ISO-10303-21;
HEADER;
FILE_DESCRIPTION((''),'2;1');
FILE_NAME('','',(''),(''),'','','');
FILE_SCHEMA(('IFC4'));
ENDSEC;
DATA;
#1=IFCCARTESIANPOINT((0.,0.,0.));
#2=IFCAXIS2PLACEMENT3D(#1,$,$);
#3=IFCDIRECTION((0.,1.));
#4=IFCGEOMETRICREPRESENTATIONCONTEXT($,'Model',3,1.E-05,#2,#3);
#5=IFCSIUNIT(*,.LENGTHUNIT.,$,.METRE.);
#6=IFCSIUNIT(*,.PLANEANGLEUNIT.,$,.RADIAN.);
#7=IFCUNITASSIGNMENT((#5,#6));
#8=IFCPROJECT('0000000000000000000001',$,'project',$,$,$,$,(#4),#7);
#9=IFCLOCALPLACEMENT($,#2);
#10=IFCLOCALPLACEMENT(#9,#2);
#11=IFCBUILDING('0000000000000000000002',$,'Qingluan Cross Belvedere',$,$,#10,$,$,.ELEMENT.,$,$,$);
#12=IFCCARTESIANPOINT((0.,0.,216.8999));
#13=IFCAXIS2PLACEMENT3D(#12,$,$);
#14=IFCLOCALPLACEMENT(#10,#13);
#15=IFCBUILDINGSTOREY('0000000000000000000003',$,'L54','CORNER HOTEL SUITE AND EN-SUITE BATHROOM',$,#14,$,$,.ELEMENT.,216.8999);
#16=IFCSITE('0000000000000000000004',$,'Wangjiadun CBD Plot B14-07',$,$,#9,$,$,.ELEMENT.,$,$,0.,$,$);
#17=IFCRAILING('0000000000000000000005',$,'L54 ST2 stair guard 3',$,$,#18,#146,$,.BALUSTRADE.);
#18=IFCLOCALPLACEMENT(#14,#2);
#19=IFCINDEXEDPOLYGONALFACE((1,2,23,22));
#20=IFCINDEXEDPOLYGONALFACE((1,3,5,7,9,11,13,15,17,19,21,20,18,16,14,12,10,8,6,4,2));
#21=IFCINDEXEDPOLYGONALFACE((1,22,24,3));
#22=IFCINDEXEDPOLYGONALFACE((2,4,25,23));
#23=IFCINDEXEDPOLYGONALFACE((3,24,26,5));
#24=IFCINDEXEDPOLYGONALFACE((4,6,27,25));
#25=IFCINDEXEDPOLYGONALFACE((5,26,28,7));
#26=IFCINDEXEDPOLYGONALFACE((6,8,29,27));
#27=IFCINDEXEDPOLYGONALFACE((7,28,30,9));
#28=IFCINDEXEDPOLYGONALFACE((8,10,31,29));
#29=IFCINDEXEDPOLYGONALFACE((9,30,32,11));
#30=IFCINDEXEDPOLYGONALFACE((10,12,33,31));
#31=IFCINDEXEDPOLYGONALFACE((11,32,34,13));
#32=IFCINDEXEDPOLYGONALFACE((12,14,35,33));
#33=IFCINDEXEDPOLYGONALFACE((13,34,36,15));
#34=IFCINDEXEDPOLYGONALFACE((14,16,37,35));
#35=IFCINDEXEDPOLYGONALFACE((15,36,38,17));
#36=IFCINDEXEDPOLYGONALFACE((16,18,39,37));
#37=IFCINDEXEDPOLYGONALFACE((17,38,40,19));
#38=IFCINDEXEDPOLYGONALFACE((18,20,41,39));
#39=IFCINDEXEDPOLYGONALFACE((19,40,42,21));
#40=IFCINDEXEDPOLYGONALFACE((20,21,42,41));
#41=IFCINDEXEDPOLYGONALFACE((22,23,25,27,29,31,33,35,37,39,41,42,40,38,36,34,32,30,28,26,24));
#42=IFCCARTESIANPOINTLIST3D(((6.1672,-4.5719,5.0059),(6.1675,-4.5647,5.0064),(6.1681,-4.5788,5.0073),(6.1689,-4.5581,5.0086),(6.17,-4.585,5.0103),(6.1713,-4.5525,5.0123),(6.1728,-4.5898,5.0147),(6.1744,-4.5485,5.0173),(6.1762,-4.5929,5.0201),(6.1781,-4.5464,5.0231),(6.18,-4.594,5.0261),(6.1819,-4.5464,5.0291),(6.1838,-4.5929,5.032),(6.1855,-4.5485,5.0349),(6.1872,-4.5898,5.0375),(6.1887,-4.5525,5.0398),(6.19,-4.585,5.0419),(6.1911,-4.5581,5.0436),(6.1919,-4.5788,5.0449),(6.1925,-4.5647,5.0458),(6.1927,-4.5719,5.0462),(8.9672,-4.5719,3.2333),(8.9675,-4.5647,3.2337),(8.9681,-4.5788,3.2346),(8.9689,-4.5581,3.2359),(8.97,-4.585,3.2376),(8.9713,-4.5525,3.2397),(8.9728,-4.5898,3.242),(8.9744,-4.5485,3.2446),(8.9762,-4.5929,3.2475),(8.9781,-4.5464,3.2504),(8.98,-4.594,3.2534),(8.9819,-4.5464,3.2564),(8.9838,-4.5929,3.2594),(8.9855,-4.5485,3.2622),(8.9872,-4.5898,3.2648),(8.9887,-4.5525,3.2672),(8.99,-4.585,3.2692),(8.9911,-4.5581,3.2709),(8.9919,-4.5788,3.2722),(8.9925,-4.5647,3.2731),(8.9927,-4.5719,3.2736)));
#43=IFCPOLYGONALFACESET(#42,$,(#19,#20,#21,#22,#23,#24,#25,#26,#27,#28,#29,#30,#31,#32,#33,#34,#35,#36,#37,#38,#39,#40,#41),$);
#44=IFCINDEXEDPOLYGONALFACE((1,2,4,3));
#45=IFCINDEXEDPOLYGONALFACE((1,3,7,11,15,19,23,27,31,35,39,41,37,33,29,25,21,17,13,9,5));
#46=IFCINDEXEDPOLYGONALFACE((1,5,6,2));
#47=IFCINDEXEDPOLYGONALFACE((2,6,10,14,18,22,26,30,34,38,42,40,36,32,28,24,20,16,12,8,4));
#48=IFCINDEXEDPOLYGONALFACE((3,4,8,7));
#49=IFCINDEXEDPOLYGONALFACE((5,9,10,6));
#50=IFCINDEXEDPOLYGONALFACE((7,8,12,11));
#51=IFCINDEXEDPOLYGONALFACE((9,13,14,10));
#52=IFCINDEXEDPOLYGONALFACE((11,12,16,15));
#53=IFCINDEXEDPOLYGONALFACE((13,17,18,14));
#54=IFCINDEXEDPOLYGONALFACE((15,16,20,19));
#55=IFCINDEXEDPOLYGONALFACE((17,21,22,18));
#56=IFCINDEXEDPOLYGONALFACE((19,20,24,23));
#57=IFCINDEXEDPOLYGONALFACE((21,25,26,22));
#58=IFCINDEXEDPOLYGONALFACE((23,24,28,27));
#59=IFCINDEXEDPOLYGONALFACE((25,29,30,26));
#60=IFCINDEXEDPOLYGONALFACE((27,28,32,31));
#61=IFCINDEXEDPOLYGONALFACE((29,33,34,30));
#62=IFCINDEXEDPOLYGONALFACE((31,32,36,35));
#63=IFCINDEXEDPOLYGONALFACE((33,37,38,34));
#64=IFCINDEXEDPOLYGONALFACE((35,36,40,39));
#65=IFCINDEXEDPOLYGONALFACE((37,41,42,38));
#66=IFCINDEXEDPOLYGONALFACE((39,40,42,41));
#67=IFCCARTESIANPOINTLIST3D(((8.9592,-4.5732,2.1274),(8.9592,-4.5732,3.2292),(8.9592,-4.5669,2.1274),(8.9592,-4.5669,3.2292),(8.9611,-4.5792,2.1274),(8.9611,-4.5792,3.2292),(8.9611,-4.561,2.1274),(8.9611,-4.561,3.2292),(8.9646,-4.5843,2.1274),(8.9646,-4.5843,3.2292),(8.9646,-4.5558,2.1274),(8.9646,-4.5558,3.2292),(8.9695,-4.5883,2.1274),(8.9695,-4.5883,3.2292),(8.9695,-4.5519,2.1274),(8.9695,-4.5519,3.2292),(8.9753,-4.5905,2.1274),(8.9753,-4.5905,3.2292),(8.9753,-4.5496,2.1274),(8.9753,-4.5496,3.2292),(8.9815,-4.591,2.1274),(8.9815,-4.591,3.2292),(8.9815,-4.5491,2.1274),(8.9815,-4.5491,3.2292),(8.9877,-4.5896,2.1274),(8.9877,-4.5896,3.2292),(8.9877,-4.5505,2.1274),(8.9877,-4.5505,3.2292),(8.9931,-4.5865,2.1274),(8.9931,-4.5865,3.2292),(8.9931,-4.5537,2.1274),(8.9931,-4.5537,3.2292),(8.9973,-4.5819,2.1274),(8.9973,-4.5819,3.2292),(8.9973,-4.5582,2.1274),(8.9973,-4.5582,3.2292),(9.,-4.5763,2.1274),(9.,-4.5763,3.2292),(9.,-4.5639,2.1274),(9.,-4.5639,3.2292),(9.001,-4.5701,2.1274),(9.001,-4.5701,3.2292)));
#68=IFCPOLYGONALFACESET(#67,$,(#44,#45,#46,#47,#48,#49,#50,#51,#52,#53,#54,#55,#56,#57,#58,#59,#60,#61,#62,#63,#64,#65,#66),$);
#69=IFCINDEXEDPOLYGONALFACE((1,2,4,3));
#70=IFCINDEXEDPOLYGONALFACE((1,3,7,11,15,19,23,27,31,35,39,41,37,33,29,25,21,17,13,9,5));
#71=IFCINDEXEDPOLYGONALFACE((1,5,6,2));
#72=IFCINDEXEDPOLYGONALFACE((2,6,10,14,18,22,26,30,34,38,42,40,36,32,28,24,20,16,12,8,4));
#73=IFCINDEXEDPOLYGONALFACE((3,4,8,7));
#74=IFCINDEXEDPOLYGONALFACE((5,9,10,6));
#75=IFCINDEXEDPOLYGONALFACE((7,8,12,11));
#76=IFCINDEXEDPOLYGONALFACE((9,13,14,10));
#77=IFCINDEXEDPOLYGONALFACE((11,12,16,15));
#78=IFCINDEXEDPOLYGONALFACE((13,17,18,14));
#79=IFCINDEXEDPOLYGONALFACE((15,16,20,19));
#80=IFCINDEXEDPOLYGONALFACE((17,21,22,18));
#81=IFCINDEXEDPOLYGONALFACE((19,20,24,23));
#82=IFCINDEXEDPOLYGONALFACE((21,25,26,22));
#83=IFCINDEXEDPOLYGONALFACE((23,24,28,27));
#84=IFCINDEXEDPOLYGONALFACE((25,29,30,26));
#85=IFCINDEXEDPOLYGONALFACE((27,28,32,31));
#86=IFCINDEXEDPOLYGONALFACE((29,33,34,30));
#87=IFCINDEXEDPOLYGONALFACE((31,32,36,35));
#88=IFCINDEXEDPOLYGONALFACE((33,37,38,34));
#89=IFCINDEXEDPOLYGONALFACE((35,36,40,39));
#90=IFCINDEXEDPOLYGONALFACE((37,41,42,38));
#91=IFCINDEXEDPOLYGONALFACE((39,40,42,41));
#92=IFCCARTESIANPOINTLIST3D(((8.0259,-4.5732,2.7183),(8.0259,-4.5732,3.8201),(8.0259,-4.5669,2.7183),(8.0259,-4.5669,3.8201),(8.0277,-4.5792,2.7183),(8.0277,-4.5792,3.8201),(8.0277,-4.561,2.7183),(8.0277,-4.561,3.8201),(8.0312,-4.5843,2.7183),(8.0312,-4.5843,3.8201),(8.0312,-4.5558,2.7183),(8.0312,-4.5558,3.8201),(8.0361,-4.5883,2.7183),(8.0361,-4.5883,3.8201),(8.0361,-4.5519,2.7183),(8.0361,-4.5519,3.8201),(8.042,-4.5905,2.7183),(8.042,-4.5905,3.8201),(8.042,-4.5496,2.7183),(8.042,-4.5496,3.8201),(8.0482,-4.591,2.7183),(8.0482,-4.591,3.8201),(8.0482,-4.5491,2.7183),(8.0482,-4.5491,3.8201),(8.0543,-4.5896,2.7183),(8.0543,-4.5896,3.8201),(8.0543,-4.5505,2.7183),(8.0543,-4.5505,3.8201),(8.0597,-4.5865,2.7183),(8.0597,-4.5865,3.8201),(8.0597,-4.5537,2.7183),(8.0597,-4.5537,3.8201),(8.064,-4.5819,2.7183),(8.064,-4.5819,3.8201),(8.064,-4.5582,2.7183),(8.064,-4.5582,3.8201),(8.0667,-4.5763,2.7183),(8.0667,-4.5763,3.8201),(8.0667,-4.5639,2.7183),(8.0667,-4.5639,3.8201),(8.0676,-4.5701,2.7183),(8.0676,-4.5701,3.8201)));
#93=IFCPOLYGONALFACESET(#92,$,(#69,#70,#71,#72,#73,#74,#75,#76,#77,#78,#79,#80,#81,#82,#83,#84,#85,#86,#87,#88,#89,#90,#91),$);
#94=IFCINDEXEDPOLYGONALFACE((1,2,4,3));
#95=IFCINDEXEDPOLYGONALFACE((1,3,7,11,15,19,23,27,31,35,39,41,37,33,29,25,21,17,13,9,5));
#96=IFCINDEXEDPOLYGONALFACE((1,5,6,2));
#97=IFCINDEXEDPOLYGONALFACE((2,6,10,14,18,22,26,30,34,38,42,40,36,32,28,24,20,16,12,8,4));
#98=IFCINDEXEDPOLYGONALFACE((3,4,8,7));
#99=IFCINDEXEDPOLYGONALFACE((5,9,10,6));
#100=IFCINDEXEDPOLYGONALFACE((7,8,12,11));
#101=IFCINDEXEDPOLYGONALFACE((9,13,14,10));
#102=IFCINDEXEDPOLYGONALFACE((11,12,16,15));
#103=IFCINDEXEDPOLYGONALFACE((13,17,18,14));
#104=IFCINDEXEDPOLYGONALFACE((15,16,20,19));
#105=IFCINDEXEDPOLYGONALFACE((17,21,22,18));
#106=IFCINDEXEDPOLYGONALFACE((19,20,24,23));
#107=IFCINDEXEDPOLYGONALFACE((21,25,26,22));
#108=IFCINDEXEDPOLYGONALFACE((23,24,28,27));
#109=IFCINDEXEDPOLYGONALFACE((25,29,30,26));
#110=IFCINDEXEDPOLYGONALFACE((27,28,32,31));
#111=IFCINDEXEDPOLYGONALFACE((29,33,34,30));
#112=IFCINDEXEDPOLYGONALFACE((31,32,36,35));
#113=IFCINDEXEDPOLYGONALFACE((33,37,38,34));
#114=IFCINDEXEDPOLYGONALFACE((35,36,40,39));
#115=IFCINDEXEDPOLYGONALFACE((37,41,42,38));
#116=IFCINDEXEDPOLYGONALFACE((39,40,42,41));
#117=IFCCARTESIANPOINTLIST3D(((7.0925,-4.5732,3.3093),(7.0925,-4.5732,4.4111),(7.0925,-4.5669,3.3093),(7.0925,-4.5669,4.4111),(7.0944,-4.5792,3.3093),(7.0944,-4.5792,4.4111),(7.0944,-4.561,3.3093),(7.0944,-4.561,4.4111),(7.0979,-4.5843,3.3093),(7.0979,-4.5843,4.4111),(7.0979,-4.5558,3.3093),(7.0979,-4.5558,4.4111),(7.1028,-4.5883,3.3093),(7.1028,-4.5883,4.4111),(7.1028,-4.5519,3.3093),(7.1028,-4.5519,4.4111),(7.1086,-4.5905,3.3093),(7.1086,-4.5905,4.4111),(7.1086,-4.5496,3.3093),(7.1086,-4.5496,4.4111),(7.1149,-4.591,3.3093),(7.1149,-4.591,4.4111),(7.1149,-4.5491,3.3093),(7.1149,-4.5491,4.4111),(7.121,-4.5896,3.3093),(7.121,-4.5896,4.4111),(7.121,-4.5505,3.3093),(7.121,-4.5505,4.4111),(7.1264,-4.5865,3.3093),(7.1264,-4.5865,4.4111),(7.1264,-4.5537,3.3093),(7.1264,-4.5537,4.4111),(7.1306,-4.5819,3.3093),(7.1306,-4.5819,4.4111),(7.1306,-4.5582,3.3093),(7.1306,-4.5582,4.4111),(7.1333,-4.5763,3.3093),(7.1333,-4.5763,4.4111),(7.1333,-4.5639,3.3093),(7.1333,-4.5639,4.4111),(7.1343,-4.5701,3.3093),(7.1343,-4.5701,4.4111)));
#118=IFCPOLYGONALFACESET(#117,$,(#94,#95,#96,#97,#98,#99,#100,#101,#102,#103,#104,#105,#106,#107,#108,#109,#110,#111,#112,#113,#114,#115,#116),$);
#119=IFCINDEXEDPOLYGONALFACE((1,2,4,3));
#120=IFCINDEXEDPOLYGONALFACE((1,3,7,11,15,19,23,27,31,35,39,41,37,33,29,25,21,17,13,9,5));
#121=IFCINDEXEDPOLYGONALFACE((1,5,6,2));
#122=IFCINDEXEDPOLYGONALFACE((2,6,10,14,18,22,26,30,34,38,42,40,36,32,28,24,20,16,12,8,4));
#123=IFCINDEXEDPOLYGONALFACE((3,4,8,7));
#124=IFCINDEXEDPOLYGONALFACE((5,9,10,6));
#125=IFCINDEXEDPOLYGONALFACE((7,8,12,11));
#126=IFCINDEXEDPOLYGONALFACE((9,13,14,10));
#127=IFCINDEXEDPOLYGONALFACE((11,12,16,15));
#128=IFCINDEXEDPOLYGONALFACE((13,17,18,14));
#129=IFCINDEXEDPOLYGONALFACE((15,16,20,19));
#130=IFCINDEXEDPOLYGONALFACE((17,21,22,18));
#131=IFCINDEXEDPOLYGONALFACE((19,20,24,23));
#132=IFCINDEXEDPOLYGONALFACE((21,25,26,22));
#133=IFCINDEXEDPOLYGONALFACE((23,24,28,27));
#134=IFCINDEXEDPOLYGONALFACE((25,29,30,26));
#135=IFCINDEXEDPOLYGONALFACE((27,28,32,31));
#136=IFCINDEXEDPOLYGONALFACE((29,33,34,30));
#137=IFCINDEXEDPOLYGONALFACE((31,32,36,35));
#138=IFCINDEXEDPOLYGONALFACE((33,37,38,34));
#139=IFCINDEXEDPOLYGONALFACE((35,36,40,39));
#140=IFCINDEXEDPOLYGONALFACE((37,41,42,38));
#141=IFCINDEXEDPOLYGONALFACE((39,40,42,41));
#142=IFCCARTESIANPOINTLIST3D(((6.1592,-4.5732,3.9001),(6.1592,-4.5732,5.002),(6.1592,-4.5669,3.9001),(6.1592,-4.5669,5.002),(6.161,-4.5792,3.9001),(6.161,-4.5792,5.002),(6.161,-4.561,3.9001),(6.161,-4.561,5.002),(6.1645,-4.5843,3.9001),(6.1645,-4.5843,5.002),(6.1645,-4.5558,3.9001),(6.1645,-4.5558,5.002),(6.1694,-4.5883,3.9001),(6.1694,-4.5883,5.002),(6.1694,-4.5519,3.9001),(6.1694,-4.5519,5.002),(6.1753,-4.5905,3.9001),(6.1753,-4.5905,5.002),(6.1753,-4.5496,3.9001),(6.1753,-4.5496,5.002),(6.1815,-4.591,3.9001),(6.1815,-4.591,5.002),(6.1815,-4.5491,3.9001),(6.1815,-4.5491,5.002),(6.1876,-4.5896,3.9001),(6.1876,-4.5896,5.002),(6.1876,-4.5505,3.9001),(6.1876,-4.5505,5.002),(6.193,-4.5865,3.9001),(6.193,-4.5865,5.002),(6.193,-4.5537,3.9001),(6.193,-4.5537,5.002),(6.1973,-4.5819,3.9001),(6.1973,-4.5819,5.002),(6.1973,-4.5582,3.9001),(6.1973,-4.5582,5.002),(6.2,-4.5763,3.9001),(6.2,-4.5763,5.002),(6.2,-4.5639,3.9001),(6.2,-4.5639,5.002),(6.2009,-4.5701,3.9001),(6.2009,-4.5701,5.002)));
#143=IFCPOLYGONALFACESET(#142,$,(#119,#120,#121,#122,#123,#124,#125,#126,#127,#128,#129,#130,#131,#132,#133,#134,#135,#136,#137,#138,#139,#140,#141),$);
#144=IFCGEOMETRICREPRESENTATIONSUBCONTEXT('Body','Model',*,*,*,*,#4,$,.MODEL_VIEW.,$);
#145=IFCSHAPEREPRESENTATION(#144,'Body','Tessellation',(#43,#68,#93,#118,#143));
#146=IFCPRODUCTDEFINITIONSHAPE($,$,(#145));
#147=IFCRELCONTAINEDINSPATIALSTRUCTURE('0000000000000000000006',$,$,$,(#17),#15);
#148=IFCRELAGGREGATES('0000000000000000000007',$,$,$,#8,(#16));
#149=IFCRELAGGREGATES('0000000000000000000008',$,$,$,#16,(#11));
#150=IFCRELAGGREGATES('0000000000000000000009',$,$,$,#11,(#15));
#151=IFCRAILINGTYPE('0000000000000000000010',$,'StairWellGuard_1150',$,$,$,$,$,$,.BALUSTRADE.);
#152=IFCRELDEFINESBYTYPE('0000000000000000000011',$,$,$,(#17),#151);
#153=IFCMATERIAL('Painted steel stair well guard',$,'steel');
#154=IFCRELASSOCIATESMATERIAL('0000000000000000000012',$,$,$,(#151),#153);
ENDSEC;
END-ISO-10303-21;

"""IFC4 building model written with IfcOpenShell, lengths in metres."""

from ifc_helpers import new_model, si_unit, direction, frame, origin, origin_2d, place, context, subcontext, project, spatial, circle, extrude, material, type_object, element, save


model = new_model("IFC4")

# Units and contexts
model_context = context("Model", 3, precision=1e-05, world=origin(), true_north=direction((0.0, 1.0)))
body_context = subcontext(model_context, "Body", "Model", "MODEL_VIEW")
ifc_project = project(units=[si_unit("LENGTHUNIT", "METRE"), si_unit("PLANEANGLEUNIT", "RADIAN")], contexts=[model_context])

# Site, building, storey
site_placement = place(None, origin())
site = spatial("IfcSite", under=ifc_project, at=site_placement, Name="Wangjiadun CBD Plot B14-07", CompositionType="ELEMENT", RefElevation=0.0)
building_placement = place(site_placement, origin())
building = spatial("IfcBuilding", under=site, at=building_placement, Name="Qingluan Cross Belvedere", CompositionType="ELEMENT")
storey_placement = place(building_placement, frame((0.0, 0.0, 216.8999)))
storey = spatial("IfcBuildingStorey", under=building, at=storey_placement, Name="L54", Description="CORNER HOTEL SUITE AND EN-SUITE BATHROOM", CompositionType="ELEMENT", Elevation=216.8999)

# Railing
ifc_material_1 = material(Name="Painted steel stair well guard", Category="steel")
railing_type_1 = type_object("IfcRailingType", Name="StairWellGuard_1150", PredefinedType="BALUSTRADE", material=ifc_material_1)
railing_1_placement = place(storey_placement, frame((8.98, -4.5701, 2.1274)))
element("IfcRailing", 1, at=railing_1_placement, inside=storey, type_object=railing_type_1, Name="L54 ST2 stair guard 3", PredefinedType="BALUSTRADE", context=body_context, shape_type="SweptSolid", body=[
    extrude(circle(Radius=0.0239, at=origin_2d()), frame((0.0, 0.0, 1.126), z_axis=(-0.844909, 0.0, 0.53491), x_axis=(0.0, -1.0, 0.0)), (0.0, 0.0, 1.0), 3.314),
    extrude(circle(Radius=0.021, at=origin_2d()), origin(), (0.0, 0.0, 1.0), 1.1018),
    extrude(circle(Radius=0.021, at=origin_2d()), frame((-0.9333, 0.0, 0.5908)), (0.0, 0.0, 1.0), 1.1018),
    extrude(circle(Radius=0.021, at=origin_2d()), frame((-1.8667, 0.0, 1.1819)), (0.0, 0.0, 1.0), 1.1018),
    extrude(circle(Radius=0.021, at=origin_2d()), frame((-2.8, 0.0, 1.7727)), (0.0, 0.0, 1.0), 1.1018),
])

save(model, "model.ifc")
